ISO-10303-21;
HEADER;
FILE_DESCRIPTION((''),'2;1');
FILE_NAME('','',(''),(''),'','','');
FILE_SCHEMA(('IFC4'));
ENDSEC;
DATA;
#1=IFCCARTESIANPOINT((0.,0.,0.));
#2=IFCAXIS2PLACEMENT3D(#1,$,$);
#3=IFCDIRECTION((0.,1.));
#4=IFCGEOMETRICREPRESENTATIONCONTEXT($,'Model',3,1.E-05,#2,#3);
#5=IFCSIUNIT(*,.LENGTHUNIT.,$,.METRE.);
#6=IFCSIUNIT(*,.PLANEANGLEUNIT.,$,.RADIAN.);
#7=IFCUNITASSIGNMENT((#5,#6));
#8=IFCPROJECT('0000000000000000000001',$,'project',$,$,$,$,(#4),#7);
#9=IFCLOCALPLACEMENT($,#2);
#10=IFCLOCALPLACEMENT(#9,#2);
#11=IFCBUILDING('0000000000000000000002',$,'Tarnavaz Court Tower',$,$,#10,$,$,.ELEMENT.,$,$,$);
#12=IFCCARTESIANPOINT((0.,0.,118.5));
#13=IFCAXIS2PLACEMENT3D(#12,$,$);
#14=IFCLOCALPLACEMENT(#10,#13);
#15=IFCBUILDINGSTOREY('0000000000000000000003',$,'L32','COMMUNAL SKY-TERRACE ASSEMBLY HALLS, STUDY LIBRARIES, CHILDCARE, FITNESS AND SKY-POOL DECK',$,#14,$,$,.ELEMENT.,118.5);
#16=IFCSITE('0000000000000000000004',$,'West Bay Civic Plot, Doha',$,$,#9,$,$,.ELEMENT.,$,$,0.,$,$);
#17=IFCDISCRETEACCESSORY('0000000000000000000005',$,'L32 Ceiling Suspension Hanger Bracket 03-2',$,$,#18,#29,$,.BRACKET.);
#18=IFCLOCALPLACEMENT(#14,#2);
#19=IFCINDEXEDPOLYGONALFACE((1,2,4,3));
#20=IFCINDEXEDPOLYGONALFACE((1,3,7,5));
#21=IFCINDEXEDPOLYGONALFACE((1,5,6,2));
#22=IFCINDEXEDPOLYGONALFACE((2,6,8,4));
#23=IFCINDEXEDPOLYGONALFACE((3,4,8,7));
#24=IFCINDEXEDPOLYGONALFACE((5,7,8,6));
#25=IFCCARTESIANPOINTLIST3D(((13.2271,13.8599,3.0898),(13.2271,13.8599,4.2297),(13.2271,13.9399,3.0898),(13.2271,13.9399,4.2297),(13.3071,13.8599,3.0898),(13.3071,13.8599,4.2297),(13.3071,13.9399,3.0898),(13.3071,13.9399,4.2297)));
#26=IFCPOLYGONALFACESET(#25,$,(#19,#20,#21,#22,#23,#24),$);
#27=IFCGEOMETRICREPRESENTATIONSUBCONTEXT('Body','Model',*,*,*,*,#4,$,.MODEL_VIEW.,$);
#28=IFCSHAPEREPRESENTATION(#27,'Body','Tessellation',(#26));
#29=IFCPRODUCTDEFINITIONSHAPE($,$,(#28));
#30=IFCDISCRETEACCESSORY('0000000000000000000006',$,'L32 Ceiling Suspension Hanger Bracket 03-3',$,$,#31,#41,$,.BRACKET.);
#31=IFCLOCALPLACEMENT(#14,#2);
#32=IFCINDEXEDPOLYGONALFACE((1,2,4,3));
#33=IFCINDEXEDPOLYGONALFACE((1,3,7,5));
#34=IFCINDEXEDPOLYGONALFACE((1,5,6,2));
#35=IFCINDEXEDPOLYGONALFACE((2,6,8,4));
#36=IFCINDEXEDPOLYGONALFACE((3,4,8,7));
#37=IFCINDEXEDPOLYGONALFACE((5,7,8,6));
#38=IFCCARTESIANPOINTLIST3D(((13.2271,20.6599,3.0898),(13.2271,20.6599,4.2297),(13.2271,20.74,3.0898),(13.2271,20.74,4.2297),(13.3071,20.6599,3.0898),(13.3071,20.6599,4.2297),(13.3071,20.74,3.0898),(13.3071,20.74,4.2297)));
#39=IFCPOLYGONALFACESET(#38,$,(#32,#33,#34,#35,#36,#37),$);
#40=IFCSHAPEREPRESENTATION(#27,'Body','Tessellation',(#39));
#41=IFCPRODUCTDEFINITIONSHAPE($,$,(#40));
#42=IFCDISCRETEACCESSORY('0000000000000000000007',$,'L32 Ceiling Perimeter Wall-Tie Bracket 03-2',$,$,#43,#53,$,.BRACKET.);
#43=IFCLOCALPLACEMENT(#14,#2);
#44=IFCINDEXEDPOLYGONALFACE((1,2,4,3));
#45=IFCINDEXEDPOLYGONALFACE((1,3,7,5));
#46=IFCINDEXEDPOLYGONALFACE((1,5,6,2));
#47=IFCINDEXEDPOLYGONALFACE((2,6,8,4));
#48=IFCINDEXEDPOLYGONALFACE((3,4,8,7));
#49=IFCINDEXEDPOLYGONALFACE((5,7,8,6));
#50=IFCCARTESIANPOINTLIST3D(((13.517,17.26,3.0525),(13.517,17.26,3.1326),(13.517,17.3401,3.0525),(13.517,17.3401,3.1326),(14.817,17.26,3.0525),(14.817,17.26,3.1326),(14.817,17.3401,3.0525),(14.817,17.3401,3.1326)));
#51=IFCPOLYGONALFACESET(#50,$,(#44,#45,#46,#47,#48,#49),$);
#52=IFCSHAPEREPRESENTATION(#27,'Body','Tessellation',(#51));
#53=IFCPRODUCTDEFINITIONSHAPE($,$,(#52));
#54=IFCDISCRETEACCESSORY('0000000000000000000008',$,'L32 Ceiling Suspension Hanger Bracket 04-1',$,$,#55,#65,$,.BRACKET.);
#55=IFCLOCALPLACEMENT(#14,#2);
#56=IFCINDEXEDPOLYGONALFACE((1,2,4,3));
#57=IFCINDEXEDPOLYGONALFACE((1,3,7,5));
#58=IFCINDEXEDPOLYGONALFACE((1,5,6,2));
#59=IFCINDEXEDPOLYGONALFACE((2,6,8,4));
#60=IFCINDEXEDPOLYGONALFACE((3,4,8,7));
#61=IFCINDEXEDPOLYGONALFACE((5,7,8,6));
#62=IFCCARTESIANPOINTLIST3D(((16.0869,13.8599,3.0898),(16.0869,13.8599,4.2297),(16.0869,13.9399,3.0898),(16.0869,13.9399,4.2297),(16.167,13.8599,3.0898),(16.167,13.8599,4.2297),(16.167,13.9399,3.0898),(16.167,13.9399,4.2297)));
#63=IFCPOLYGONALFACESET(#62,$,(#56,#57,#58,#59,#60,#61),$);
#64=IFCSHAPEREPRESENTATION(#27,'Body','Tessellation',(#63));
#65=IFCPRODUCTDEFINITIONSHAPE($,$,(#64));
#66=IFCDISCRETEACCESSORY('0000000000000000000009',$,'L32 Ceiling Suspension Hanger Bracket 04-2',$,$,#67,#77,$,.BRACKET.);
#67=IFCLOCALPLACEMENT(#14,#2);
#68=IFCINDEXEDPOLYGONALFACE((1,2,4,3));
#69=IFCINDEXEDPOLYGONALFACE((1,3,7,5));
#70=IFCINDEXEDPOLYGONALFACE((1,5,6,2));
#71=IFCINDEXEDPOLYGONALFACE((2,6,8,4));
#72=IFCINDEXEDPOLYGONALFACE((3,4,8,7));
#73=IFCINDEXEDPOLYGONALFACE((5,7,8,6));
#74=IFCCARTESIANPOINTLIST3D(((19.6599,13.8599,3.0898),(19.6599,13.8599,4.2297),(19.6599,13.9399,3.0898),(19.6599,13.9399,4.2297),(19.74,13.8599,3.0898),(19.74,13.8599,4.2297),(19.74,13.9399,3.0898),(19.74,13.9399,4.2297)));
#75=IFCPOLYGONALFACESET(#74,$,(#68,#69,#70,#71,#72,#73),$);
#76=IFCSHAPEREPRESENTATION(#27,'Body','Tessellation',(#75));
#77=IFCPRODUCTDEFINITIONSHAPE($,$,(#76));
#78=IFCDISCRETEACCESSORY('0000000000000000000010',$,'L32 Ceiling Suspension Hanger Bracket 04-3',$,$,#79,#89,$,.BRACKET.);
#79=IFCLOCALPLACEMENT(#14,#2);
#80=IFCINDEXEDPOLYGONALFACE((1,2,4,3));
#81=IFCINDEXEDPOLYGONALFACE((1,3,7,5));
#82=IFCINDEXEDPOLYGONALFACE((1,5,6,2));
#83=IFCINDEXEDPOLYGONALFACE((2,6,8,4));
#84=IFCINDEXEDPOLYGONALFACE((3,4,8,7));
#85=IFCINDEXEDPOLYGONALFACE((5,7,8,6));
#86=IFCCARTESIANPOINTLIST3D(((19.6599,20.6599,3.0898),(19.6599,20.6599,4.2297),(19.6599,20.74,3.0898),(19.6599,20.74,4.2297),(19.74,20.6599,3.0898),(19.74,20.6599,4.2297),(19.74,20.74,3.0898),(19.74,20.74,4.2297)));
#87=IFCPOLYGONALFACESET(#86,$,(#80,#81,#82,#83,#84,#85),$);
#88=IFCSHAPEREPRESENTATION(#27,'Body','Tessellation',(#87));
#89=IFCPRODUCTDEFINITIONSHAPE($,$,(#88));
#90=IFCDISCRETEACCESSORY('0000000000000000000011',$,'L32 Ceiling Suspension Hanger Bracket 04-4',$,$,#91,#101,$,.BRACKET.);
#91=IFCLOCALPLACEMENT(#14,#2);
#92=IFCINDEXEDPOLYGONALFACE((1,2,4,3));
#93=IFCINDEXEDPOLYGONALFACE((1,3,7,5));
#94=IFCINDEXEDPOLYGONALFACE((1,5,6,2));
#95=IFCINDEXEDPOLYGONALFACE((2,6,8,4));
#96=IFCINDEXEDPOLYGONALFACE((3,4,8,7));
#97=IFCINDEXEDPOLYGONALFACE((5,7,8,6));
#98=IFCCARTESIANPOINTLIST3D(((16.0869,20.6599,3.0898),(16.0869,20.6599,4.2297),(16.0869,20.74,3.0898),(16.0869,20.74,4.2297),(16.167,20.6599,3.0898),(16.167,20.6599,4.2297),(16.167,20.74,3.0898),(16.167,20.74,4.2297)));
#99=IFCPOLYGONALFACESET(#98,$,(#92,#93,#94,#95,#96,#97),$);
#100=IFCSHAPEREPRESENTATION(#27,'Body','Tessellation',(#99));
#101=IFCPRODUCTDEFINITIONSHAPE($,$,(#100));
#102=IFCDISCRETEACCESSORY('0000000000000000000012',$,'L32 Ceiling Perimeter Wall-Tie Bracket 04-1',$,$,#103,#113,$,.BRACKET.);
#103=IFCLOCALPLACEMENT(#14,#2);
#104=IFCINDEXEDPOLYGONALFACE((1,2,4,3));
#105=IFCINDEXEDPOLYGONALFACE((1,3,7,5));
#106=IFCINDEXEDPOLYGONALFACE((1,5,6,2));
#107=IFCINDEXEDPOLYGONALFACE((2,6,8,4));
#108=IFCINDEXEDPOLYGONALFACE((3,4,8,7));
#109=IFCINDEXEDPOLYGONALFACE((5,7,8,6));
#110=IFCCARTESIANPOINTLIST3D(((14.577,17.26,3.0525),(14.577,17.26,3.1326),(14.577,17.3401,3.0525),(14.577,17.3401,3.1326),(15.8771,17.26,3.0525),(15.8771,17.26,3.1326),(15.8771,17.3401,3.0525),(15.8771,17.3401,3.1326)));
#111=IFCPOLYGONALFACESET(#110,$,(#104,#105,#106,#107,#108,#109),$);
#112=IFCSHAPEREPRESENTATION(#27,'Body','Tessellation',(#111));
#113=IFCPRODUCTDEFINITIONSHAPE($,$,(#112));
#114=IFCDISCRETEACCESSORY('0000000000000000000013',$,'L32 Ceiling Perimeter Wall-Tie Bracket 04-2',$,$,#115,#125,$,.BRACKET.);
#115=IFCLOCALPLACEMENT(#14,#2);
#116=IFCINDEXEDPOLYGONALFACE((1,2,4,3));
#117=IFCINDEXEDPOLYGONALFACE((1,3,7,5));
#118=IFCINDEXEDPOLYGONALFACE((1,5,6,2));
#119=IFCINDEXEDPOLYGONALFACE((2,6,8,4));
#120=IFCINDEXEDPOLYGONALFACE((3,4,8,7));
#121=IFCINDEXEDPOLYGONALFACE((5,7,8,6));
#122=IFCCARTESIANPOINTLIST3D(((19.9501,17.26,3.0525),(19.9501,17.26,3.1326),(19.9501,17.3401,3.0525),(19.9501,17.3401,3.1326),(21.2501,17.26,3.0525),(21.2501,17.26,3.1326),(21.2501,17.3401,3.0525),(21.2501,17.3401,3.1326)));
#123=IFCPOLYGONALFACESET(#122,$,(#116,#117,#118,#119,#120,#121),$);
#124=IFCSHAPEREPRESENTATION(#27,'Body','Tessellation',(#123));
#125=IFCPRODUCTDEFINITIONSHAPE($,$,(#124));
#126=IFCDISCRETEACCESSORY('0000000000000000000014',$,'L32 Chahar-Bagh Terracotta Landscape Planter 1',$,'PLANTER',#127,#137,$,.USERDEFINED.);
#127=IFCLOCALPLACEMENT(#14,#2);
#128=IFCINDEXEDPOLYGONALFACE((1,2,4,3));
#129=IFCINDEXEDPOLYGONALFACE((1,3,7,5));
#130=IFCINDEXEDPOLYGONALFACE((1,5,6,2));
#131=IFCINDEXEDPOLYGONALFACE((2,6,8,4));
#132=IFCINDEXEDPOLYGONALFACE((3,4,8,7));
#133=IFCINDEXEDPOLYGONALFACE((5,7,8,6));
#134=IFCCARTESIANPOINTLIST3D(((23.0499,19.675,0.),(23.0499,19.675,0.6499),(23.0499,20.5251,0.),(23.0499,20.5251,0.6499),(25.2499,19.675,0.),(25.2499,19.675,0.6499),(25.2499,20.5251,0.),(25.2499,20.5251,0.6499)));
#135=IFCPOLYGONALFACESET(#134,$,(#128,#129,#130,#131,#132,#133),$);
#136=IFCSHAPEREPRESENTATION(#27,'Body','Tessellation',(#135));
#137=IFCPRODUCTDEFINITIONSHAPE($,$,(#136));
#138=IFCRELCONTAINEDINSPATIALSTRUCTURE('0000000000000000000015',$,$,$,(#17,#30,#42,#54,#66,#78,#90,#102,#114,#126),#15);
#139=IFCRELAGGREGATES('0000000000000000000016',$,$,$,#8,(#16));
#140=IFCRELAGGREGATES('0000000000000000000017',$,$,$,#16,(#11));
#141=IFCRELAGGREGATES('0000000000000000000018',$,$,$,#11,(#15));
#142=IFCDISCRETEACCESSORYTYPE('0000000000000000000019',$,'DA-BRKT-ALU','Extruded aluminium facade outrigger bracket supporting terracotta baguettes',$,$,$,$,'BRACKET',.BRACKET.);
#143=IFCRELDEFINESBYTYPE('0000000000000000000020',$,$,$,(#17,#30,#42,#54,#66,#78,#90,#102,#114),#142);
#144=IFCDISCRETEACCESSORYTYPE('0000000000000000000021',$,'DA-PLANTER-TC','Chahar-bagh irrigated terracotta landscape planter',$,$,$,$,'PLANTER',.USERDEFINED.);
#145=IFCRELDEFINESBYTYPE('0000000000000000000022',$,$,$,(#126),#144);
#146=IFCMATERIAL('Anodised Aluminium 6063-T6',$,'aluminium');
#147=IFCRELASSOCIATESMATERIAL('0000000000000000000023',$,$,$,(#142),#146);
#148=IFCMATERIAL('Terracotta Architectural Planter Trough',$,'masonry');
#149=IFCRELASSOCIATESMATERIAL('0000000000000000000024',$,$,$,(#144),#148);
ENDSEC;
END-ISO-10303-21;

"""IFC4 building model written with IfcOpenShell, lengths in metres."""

from ifc_helpers import new_model, si_unit, direction, frame, origin, origin_2d, place, context, subcontext, project, spatial, rectangle, extrude, material, type_object, element, save


model = new_model("IFC4")

# Units and contexts
model_context = context("Model", 3, precision=1e-05, world=origin(), true_north=direction((0.0, 1.0)))
body_context = subcontext(model_context, "Body", "Model", "MODEL_VIEW")
ifc_project = project(units=[si_unit("LENGTHUNIT", "METRE"), si_unit("PLANEANGLEUNIT", "RADIAN")], contexts=[model_context])

# Site, building, storey
site_placement = place(None, origin())
site = spatial("IfcSite", under=ifc_project, at=site_placement, Name="West Bay Civic Plot, Doha", CompositionType="ELEMENT", RefElevation=0.0)
building_placement = place(site_placement, origin())
building = spatial("IfcBuilding", under=site, at=building_placement, Name="Tarnavaz Court Tower", CompositionType="ELEMENT")
storey_placement = place(building_placement, frame((0.0, 0.0, 118.5)))
storey = spatial("IfcBuildingStorey", under=building, at=storey_placement, Name="L32", Description="COMMUNAL SKY-TERRACE ASSEMBLY HALLS, STUDY LIBRARIES, CHILDCARE, FITNESS AND SKY-POOL DECK", CompositionType="ELEMENT", Elevation=118.5)

# Shared definitions
ifc_material_1 = material(Name="Anodised Aluminium 6063-T6", Category="aluminium")

# Discrete accessories
discrete_accessory_type_1 = type_object("IfcDiscreteAccessoryType", Name="DA-BRKT-ALU", Description="Extruded aluminium facade outrigger bracket supporting terracotta baguettes", ElementType="BRACKET", PredefinedType="BRACKET", material=ifc_material_1)
for number, where, z_axis, x_axis, name in (
    (1, (13.2671, 13.8999, 3.0898), (0.0, 0.0, 1.0), (1.0, 0.0, 0.0), "L32 Ceiling Suspension Hanger Bracket 03-2"),
    (2, (13.2671, 20.7, 3.0898), (0.0, 0.0, 1.0), (1.0, 0.0, 0.0), "L32 Ceiling Suspension Hanger Bracket 03-3"),
):
    element("IfcDiscreteAccessory", number, at=place(storey_placement, frame(where, z_axis=z_axis, x_axis=x_axis)), inside=storey, type_object=discrete_accessory_type_1, Name=name, PredefinedType="BRACKET", context=body_context, shape_type="SweptSolid", body=[
        extrude(rectangle(XDim=0.0801, YDim=0.0801, at=origin_2d()), origin(), (0.0, 0.0, 1.0), 1.1399),
    ])
discrete_accessory_1_placement = place(storey_placement, frame((14.167, 17.3, 3.0525), z_axis=(0.0, 0.0, 1.0), x_axis=(1.0, 0.0, 0.0)))
element("IfcDiscreteAccessory", 3, at=discrete_accessory_1_placement, inside=storey, type_object=discrete_accessory_type_1, Name="L32 Ceiling Perimeter Wall-Tie Bracket 03-2", PredefinedType="BRACKET", context=body_context, shape_type="SweptSolid", body=[
    extrude(rectangle(XDim=1.3, YDim=0.0801, at=origin_2d()), origin(), (0.0, 0.0, 1.0), 0.0801),
])
for number, where, z_axis, x_axis, name in (
    (4, (16.127, 13.8999, 3.0898), (0.0, 0.0, 1.0), (1.0, 0.0, 0.0), "L32 Ceiling Suspension Hanger Bracket 04-1"),
    (5, (19.7, 13.8999, 3.0898), (0.0, 0.0, 1.0), (1.0, 0.0, 0.0), "L32 Ceiling Suspension Hanger Bracket 04-2"),
    (6, (19.7, 20.7, 3.0898), (0.0, 0.0, 1.0), (1.0, 0.0, 0.0), "L32 Ceiling Suspension Hanger Bracket 04-3"),
    (7, (16.127, 20.7, 3.0898), (0.0, 0.0, 1.0), (1.0, 0.0, 0.0), "L32 Ceiling Suspension Hanger Bracket 04-4"),
):
    element("IfcDiscreteAccessory", number, at=place(storey_placement, frame(where, z_axis=z_axis, x_axis=x_axis)), inside=storey, type_object=discrete_accessory_type_1, Name=name, PredefinedType="BRACKET", context=body_context, shape_type="SweptSolid", body=[
        extrude(rectangle(XDim=0.0801, YDim=0.0801, at=origin_2d()), origin(), (0.0, 0.0, 1.0), 1.1399),
    ])
for number, where, z_axis, x_axis, name in (
    (8, (15.2271, 17.3, 3.0525), (0.0, 0.0, 1.0), (1.0, 0.0, 0.0), "L32 Ceiling Perimeter Wall-Tie Bracket 04-1"),
    (9, (20.6001, 17.3, 3.0525), (0.0, 0.0, 1.0), (1.0, 0.0, 0.0), "L32 Ceiling Perimeter Wall-Tie Bracket 04-2"),
):
    element("IfcDiscreteAccessory", number, at=place(storey_placement, frame(where, z_axis=z_axis, x_axis=x_axis)), inside=storey, type_object=discrete_accessory_type_1, Name=name, PredefinedType="BRACKET", context=body_context, shape_type="SweptSolid", body=[
        extrude(rectangle(XDim=1.3, YDim=0.0801, at=origin_2d()), origin(), (0.0, 0.0, 1.0), 0.0801),
    ])
ifc_material_2 = material(Name="Terracotta Architectural Planter Trough", Category="masonry")
discrete_accessory_type_2 = type_object("IfcDiscreteAccessoryType", Name="DA-PLANTER-TC", Description="Chahar-bagh irrigated terracotta landscape planter", ElementType="PLANTER", PredefinedType="USERDEFINED", material=ifc_material_2)
discrete_accessory_2_placement = place(storey_placement, frame((24.1499, 20.1001, 0.0), z_axis=(0.0, 0.0, 1.0), x_axis=(1.0, 0.0, 0.0)))
element("IfcDiscreteAccessory", 10, at=discrete_accessory_2_placement, inside=storey, type_object=discrete_accessory_type_2, Name="L32 Chahar-Bagh Terracotta Landscape Planter 1", ObjectType="PLANTER", PredefinedType="USERDEFINED", context=body_context, shape_type="SweptSolid", body=[
    extrude(rectangle(XDim=2.2, YDim=0.8501, at=origin_2d()), origin(), (0.0, 0.0, 1.0), 0.6499),
])

save(model, "model.ifc")
